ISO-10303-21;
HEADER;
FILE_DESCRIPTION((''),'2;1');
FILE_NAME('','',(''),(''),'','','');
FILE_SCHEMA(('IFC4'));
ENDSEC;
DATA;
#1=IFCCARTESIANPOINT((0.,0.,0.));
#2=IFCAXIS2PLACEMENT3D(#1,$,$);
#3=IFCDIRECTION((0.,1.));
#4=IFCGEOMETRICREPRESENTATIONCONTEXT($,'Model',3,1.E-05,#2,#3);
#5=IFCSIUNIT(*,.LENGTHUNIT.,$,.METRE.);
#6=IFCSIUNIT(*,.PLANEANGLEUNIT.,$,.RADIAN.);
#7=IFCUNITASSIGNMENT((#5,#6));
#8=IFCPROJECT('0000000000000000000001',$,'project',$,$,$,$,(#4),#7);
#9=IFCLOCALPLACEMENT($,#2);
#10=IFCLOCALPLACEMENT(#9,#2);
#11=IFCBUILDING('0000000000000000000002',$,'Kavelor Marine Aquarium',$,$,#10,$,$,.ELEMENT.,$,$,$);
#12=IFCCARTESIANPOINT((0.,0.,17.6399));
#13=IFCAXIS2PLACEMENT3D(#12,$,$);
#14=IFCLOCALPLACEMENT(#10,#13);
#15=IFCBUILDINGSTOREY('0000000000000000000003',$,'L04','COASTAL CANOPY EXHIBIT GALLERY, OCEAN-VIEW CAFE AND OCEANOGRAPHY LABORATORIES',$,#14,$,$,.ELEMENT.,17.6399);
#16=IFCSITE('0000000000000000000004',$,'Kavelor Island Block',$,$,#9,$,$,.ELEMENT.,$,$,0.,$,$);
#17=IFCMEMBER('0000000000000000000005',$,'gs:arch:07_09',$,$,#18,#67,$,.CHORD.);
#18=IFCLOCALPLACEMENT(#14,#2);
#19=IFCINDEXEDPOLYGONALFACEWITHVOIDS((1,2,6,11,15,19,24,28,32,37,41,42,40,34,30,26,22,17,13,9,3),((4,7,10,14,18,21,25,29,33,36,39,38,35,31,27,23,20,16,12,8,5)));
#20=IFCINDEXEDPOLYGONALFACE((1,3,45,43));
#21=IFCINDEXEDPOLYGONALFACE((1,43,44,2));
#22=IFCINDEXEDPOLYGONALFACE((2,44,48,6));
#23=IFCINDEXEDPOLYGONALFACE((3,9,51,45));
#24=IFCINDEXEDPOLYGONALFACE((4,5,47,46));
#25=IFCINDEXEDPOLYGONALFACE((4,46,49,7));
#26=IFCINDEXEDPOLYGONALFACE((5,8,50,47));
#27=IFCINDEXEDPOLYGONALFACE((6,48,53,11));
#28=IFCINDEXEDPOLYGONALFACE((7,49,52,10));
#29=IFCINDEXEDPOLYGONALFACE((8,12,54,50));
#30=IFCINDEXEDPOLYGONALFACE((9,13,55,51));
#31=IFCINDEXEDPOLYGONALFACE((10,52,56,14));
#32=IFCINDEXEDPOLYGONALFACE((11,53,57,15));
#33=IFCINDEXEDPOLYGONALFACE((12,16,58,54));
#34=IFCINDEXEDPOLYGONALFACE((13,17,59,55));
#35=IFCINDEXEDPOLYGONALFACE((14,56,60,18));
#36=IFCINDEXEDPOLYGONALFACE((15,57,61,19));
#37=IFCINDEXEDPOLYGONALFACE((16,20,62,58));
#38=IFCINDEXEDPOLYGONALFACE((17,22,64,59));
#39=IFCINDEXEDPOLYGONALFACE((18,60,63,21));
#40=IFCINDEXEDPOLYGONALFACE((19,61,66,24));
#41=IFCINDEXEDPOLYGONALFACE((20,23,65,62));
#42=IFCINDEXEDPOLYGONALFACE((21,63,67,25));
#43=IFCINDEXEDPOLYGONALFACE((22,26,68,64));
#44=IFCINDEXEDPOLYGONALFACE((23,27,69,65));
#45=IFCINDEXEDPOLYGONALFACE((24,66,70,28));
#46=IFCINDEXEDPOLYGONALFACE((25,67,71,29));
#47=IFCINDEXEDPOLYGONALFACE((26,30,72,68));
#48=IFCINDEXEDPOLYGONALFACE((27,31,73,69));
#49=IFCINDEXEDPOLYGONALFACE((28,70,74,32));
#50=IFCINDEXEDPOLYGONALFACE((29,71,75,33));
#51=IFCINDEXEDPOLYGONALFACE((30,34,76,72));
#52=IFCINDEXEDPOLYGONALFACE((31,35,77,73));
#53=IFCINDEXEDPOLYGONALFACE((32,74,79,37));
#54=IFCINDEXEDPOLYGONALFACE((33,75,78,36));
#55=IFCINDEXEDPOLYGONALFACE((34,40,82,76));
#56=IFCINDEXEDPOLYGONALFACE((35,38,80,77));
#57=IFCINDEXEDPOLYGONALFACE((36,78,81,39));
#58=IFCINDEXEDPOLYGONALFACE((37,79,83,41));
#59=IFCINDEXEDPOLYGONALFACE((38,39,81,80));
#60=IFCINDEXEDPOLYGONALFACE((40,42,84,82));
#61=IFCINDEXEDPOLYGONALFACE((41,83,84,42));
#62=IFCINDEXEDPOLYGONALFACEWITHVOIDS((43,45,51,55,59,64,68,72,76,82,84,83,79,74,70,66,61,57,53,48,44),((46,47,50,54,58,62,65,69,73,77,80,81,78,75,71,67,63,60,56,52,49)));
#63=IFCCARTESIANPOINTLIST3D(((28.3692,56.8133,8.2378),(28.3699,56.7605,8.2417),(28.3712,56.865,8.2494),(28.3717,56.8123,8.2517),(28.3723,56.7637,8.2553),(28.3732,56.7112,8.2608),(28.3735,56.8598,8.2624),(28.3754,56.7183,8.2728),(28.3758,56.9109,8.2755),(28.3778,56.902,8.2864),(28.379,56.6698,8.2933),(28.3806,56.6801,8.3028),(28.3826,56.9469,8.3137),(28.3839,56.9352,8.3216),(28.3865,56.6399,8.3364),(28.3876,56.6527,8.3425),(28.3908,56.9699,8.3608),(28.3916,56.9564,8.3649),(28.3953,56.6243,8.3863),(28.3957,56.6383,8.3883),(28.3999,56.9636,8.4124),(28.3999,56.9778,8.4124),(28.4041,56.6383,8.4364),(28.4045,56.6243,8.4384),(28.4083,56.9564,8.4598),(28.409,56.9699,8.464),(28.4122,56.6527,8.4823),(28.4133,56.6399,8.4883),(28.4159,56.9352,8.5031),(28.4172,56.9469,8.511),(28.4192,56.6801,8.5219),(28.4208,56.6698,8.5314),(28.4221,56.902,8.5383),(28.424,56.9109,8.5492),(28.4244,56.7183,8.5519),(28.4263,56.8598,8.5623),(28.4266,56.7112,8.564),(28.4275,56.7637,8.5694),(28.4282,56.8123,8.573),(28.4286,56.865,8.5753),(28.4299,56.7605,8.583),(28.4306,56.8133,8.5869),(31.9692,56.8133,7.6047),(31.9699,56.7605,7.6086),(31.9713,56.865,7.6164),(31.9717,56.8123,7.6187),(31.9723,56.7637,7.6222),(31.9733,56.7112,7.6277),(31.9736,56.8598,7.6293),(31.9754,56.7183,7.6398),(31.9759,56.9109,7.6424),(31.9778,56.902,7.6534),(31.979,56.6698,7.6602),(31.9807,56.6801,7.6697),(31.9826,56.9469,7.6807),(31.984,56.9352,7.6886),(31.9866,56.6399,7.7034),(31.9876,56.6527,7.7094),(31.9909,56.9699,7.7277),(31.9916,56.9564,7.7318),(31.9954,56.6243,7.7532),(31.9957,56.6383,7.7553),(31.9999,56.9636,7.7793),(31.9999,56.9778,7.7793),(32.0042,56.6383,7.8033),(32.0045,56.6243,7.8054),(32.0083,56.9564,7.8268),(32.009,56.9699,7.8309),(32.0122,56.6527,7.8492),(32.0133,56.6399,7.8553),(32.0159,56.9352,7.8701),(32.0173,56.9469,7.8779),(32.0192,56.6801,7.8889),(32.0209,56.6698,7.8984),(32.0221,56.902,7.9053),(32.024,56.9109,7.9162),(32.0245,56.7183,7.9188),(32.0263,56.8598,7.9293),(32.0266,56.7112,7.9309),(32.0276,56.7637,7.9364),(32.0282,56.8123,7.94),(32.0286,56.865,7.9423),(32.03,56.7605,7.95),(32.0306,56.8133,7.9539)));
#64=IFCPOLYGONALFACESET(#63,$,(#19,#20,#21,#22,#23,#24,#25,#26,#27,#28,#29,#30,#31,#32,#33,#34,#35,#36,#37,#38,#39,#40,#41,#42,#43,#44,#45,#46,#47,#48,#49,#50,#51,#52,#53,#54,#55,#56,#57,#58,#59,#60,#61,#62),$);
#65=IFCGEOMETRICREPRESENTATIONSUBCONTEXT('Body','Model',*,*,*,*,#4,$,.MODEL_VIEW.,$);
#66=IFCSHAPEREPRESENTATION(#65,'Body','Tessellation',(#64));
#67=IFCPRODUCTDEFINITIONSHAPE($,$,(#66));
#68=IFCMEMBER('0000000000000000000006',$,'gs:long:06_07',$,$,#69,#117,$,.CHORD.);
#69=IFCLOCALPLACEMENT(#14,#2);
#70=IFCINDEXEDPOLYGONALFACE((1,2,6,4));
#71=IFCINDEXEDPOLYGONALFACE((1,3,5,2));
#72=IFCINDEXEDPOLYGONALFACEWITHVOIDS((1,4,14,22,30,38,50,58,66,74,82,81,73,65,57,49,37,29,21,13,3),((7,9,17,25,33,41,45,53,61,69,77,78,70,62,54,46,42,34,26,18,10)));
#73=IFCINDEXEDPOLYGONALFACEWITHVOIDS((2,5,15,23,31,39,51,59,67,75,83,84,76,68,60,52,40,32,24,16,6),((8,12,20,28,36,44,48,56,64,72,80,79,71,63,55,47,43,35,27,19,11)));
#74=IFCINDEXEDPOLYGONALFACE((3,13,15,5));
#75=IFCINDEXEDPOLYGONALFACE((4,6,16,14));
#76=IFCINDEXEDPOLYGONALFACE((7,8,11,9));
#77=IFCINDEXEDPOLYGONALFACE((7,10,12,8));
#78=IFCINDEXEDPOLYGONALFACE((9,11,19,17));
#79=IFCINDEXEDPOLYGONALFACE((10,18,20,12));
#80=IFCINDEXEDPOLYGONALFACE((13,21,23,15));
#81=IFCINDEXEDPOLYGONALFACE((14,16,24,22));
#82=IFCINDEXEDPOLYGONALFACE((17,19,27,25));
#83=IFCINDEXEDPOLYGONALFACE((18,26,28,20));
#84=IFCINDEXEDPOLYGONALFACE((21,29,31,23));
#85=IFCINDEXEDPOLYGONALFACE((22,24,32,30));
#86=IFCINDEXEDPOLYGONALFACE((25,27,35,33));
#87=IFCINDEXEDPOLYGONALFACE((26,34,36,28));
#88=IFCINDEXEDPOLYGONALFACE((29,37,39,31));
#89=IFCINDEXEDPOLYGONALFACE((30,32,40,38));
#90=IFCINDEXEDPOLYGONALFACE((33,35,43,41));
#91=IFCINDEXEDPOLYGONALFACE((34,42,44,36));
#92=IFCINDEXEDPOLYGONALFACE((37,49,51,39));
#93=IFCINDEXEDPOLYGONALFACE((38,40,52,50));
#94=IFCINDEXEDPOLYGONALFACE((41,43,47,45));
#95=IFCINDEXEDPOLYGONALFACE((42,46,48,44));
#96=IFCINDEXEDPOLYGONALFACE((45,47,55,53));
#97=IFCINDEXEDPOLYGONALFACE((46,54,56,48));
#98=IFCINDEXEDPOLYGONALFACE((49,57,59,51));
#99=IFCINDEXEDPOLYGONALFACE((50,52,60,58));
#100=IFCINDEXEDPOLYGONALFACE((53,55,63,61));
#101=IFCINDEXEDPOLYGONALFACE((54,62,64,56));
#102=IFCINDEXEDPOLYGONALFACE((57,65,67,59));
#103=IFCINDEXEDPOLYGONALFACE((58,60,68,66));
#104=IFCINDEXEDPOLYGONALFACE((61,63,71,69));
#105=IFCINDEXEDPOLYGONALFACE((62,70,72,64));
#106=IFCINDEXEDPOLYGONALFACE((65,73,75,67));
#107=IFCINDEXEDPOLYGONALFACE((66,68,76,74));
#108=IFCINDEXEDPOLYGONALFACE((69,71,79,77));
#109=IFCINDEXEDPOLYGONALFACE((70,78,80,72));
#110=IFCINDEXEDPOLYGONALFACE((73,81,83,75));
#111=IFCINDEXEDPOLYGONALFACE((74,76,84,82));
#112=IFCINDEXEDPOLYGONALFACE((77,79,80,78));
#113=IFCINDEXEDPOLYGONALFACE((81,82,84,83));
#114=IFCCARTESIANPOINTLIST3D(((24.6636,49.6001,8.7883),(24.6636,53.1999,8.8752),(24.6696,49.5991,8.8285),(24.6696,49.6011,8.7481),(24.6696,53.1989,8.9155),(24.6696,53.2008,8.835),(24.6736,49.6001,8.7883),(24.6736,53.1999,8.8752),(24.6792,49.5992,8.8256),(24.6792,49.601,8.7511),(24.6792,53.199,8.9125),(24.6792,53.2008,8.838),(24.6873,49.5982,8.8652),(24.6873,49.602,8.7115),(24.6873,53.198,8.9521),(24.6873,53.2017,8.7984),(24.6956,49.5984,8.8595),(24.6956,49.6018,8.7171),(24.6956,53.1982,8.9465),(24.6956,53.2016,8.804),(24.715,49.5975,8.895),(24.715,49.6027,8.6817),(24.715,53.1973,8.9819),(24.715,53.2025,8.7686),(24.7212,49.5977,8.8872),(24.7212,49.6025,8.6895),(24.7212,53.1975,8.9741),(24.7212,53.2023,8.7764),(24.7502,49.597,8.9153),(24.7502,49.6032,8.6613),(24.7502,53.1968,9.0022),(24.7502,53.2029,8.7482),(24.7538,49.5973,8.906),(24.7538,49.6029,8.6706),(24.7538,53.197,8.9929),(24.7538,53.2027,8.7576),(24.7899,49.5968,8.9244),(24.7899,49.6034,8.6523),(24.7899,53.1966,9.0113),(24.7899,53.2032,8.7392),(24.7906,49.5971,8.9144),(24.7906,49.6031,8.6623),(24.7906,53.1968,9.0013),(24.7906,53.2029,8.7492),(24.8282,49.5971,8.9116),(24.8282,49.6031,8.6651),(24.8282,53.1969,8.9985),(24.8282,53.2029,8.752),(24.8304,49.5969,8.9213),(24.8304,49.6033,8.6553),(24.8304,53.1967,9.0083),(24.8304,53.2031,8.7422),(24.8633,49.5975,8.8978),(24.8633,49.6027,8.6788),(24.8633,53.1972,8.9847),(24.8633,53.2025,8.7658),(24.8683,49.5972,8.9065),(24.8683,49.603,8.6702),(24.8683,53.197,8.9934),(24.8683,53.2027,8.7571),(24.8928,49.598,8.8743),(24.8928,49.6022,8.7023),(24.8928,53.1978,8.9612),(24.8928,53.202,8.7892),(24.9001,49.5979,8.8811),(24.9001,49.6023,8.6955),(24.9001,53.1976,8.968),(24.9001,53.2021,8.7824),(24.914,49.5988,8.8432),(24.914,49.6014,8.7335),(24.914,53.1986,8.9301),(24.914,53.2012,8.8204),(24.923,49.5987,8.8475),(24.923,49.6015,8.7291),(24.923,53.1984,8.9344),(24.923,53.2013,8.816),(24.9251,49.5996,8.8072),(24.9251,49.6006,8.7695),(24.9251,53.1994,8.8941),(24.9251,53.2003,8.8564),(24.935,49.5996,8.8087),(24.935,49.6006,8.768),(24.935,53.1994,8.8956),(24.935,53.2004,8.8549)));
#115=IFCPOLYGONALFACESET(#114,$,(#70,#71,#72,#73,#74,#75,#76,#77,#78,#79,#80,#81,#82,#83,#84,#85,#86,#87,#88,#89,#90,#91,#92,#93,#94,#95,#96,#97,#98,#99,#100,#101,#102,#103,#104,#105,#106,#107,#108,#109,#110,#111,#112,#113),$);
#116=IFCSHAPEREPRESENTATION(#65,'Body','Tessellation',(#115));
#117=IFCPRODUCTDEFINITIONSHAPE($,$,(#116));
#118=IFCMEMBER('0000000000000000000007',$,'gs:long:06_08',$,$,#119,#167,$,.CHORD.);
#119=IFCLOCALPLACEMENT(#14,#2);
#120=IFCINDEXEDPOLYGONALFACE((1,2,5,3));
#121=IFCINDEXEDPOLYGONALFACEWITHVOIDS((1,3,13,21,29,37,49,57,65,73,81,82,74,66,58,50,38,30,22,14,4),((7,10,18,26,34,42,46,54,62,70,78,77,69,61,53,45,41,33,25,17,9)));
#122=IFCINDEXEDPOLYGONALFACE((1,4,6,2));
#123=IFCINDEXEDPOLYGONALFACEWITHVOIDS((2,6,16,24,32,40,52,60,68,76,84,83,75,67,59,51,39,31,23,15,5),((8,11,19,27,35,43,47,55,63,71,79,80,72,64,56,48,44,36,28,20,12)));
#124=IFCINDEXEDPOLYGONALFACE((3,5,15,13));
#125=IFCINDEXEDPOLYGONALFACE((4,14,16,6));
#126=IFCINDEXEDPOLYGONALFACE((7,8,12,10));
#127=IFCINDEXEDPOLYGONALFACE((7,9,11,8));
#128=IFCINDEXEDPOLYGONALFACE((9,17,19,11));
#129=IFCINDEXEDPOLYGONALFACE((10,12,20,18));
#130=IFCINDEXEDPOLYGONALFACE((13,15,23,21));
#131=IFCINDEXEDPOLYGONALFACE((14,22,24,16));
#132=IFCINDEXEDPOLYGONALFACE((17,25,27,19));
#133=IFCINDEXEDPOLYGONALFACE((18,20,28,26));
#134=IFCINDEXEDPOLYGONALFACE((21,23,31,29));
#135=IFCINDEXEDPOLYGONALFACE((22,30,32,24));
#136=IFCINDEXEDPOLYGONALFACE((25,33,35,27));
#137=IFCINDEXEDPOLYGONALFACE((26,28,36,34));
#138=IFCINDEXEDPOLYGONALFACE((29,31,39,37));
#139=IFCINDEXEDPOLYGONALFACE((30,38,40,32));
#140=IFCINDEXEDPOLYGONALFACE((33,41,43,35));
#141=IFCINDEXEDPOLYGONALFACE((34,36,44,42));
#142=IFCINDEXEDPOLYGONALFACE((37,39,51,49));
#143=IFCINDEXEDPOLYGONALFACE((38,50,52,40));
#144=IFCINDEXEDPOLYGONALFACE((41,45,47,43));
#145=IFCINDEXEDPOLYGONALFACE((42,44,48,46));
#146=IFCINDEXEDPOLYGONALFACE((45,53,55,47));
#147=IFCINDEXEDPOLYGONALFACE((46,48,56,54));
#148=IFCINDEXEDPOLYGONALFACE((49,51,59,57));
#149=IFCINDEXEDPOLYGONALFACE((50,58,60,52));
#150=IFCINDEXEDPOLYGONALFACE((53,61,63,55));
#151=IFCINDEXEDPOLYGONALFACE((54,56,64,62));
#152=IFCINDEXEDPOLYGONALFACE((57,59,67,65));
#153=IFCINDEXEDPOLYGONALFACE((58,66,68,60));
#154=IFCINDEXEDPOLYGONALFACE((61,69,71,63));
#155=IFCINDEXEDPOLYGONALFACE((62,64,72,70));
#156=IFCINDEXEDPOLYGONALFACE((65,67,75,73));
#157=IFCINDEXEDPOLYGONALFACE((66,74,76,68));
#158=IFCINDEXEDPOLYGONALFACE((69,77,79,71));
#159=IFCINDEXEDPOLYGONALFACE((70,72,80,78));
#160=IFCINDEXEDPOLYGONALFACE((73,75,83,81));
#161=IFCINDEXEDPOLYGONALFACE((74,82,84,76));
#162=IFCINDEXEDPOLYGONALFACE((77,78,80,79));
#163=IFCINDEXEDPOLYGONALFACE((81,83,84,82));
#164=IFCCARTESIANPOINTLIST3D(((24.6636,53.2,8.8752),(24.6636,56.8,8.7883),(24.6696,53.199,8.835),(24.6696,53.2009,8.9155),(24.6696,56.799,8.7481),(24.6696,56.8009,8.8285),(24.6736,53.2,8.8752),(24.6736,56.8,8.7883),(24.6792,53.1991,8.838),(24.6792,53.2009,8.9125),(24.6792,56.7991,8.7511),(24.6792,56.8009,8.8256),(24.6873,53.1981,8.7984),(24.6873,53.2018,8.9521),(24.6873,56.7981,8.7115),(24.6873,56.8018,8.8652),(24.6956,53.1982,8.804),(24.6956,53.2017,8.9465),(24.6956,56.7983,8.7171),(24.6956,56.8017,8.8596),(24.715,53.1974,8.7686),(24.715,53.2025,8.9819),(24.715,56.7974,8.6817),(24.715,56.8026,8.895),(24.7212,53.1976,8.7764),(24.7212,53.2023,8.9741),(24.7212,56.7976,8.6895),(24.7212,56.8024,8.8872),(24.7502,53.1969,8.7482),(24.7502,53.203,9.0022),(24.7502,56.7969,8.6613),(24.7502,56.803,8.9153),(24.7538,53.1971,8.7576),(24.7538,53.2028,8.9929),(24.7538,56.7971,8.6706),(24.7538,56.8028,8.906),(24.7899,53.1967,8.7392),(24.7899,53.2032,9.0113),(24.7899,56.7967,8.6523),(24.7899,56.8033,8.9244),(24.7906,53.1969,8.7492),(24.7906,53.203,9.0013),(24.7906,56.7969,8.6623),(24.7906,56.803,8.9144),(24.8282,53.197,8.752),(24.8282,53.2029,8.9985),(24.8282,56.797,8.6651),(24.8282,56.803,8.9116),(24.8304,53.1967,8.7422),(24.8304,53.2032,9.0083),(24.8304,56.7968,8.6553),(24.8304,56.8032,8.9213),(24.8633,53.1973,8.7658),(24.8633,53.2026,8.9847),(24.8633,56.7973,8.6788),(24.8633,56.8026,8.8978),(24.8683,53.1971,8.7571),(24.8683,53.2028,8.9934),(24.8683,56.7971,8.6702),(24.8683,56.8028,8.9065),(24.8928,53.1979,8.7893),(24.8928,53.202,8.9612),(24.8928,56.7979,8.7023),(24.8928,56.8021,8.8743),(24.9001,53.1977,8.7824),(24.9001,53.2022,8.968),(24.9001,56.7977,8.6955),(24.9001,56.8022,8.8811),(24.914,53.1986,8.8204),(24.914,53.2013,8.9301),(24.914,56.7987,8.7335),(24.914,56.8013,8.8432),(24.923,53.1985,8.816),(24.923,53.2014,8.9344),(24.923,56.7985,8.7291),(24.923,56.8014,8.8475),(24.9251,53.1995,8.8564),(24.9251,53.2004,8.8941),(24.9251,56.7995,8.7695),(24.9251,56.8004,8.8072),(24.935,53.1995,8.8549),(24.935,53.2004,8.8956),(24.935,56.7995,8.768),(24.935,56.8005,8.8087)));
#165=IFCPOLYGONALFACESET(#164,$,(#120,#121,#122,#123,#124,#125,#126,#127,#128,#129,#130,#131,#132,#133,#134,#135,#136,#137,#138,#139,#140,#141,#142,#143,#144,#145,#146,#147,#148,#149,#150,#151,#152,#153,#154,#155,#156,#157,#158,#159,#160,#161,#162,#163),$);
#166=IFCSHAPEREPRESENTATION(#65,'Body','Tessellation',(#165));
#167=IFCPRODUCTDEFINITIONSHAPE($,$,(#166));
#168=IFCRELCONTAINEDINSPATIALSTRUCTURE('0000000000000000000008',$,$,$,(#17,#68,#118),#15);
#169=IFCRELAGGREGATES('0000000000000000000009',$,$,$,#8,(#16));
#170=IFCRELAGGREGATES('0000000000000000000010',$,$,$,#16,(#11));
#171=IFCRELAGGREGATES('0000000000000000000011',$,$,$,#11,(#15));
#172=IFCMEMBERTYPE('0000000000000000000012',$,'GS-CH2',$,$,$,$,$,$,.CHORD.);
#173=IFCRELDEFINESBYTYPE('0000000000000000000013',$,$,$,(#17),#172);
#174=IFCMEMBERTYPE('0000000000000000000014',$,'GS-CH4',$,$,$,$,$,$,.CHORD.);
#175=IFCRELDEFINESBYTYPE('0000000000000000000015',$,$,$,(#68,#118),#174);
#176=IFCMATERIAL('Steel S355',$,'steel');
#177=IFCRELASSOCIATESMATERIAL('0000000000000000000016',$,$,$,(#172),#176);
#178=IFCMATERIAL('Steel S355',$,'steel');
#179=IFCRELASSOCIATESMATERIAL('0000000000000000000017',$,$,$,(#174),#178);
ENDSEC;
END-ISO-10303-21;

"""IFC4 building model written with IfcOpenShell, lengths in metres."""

from ifc_helpers import new_model, si_unit, direction, frame, origin, origin_2d, place, context, subcontext, project, spatial, hollow_circle, extrude, material, material_profile, profile_set, type_object, element, save


model = new_model("IFC4")

# Units and contexts
model_context = context("Model", 3, precision=1e-05, world=origin(), true_north=direction((0.0, 1.0)))
body_context = subcontext(model_context, "Body", "Model", "MODEL_VIEW")
ifc_project = project(units=[si_unit("LENGTHUNIT", "METRE"), si_unit("PLANEANGLEUNIT", "RADIAN")], contexts=[model_context])

# Site, building, storey
site_placement = place(None, origin())
site = spatial("IfcSite", under=ifc_project, at=site_placement, Name="Kavelor Island Block", CompositionType="ELEMENT", RefElevation=0.0)
building_placement = place(site_placement, origin())
building = spatial("IfcBuilding", under=site, at=building_placement, Name="Kavelor Marine Aquarium", CompositionType="ELEMENT")
storey_placement = place(building_placement, frame((0.0, 0.0, 17.6399)))
storey = spatial("IfcBuildingStorey", under=building, at=storey_placement, Name="L04", Description="COASTAL CANOPY EXHIBIT GALLERY, OCEAN-VIEW CAFE AND OCEANOGRAPHY LABORATORIES", CompositionType="ELEMENT", Elevation=17.6399)

# Members
ifc_material_1 = material(Name="Steel S355", Category="steel")
ifc_material_profile_1 = material_profile(ifc_material_1, hollow_circle(Radius=0.1777, WallThickness=0.0142, at=origin_2d()), Name="CHS 355.6x14.2")
ifc_profile_set_1 = profile_set([ifc_material_profile_1], Name="Steel S355")
member_type_1 = type_object("IfcMemberType", Name="GS-CH2", PredefinedType="CHORD", material=ifc_profile_set_1)
member_1_placement = place(storey_placement, frame((28.3999, 56.8, 8.4124), z_axis=(0.984889, 0.0, -0.173187), x_axis=(0.0, 1.0, 0.0)))
element("IfcMember", 1, at=member_1_placement, inside=storey, type_object=member_type_1, Name="gs:arch:07_09", PredefinedType="CHORD", context=body_context, shape_type="SweptSolid", body=[
    extrude(hollow_circle(Radius=0.1777, WallThickness=0.0142, at=origin_2d()), origin(), (0.0, 0.0, 1.0), 3.6553),
])
ifc_material_2 = material(Name="Steel S355", Category="steel")
ifc_material_profile_2 = material_profile(ifc_material_2, hollow_circle(Radius=0.1365, WallThickness=0.01, at=origin_2d()), Name="CHS 273.0x10.0")
ifc_profile_set_2 = profile_set([ifc_material_profile_2], Name="Steel S355")
member_type_2 = type_object("IfcMemberType", Name="GS-CH4", PredefinedType="CHORD", material=ifc_profile_set_2)
member_2_placement = place(storey_placement, frame((24.8, 49.6001, 8.7883), z_axis=(0.0, 0.999709, 0.024137), x_axis=(-1.0, 0.0, 0.0)))
element("IfcMember", 2, at=member_2_placement, inside=storey, type_object=member_type_2, Name="gs:long:06_07", PredefinedType="CHORD", context=body_context, shape_type="SweptSolid", body=[
    extrude(hollow_circle(Radius=0.1365, WallThickness=0.01, at=origin_2d()), origin(), (0.0, 0.0, 1.0), 3.6008),
])
member_3_placement = place(storey_placement, frame((24.8, 53.2, 8.8752), z_axis=(0.0, 0.999709, -0.024135), x_axis=(-1.0, 0.0, 0.0)))
element("IfcMember", 3, at=member_3_placement, inside=storey, type_object=member_type_2, Name="gs:long:06_08", PredefinedType="CHORD", context=body_context, shape_type="SweptSolid", body=[
    extrude(hollow_circle(Radius=0.1365, WallThickness=0.01, at=origin_2d()), origin(), (0.0, 0.0, 1.0), 3.6011),
])

save(model, "model.ifc")
